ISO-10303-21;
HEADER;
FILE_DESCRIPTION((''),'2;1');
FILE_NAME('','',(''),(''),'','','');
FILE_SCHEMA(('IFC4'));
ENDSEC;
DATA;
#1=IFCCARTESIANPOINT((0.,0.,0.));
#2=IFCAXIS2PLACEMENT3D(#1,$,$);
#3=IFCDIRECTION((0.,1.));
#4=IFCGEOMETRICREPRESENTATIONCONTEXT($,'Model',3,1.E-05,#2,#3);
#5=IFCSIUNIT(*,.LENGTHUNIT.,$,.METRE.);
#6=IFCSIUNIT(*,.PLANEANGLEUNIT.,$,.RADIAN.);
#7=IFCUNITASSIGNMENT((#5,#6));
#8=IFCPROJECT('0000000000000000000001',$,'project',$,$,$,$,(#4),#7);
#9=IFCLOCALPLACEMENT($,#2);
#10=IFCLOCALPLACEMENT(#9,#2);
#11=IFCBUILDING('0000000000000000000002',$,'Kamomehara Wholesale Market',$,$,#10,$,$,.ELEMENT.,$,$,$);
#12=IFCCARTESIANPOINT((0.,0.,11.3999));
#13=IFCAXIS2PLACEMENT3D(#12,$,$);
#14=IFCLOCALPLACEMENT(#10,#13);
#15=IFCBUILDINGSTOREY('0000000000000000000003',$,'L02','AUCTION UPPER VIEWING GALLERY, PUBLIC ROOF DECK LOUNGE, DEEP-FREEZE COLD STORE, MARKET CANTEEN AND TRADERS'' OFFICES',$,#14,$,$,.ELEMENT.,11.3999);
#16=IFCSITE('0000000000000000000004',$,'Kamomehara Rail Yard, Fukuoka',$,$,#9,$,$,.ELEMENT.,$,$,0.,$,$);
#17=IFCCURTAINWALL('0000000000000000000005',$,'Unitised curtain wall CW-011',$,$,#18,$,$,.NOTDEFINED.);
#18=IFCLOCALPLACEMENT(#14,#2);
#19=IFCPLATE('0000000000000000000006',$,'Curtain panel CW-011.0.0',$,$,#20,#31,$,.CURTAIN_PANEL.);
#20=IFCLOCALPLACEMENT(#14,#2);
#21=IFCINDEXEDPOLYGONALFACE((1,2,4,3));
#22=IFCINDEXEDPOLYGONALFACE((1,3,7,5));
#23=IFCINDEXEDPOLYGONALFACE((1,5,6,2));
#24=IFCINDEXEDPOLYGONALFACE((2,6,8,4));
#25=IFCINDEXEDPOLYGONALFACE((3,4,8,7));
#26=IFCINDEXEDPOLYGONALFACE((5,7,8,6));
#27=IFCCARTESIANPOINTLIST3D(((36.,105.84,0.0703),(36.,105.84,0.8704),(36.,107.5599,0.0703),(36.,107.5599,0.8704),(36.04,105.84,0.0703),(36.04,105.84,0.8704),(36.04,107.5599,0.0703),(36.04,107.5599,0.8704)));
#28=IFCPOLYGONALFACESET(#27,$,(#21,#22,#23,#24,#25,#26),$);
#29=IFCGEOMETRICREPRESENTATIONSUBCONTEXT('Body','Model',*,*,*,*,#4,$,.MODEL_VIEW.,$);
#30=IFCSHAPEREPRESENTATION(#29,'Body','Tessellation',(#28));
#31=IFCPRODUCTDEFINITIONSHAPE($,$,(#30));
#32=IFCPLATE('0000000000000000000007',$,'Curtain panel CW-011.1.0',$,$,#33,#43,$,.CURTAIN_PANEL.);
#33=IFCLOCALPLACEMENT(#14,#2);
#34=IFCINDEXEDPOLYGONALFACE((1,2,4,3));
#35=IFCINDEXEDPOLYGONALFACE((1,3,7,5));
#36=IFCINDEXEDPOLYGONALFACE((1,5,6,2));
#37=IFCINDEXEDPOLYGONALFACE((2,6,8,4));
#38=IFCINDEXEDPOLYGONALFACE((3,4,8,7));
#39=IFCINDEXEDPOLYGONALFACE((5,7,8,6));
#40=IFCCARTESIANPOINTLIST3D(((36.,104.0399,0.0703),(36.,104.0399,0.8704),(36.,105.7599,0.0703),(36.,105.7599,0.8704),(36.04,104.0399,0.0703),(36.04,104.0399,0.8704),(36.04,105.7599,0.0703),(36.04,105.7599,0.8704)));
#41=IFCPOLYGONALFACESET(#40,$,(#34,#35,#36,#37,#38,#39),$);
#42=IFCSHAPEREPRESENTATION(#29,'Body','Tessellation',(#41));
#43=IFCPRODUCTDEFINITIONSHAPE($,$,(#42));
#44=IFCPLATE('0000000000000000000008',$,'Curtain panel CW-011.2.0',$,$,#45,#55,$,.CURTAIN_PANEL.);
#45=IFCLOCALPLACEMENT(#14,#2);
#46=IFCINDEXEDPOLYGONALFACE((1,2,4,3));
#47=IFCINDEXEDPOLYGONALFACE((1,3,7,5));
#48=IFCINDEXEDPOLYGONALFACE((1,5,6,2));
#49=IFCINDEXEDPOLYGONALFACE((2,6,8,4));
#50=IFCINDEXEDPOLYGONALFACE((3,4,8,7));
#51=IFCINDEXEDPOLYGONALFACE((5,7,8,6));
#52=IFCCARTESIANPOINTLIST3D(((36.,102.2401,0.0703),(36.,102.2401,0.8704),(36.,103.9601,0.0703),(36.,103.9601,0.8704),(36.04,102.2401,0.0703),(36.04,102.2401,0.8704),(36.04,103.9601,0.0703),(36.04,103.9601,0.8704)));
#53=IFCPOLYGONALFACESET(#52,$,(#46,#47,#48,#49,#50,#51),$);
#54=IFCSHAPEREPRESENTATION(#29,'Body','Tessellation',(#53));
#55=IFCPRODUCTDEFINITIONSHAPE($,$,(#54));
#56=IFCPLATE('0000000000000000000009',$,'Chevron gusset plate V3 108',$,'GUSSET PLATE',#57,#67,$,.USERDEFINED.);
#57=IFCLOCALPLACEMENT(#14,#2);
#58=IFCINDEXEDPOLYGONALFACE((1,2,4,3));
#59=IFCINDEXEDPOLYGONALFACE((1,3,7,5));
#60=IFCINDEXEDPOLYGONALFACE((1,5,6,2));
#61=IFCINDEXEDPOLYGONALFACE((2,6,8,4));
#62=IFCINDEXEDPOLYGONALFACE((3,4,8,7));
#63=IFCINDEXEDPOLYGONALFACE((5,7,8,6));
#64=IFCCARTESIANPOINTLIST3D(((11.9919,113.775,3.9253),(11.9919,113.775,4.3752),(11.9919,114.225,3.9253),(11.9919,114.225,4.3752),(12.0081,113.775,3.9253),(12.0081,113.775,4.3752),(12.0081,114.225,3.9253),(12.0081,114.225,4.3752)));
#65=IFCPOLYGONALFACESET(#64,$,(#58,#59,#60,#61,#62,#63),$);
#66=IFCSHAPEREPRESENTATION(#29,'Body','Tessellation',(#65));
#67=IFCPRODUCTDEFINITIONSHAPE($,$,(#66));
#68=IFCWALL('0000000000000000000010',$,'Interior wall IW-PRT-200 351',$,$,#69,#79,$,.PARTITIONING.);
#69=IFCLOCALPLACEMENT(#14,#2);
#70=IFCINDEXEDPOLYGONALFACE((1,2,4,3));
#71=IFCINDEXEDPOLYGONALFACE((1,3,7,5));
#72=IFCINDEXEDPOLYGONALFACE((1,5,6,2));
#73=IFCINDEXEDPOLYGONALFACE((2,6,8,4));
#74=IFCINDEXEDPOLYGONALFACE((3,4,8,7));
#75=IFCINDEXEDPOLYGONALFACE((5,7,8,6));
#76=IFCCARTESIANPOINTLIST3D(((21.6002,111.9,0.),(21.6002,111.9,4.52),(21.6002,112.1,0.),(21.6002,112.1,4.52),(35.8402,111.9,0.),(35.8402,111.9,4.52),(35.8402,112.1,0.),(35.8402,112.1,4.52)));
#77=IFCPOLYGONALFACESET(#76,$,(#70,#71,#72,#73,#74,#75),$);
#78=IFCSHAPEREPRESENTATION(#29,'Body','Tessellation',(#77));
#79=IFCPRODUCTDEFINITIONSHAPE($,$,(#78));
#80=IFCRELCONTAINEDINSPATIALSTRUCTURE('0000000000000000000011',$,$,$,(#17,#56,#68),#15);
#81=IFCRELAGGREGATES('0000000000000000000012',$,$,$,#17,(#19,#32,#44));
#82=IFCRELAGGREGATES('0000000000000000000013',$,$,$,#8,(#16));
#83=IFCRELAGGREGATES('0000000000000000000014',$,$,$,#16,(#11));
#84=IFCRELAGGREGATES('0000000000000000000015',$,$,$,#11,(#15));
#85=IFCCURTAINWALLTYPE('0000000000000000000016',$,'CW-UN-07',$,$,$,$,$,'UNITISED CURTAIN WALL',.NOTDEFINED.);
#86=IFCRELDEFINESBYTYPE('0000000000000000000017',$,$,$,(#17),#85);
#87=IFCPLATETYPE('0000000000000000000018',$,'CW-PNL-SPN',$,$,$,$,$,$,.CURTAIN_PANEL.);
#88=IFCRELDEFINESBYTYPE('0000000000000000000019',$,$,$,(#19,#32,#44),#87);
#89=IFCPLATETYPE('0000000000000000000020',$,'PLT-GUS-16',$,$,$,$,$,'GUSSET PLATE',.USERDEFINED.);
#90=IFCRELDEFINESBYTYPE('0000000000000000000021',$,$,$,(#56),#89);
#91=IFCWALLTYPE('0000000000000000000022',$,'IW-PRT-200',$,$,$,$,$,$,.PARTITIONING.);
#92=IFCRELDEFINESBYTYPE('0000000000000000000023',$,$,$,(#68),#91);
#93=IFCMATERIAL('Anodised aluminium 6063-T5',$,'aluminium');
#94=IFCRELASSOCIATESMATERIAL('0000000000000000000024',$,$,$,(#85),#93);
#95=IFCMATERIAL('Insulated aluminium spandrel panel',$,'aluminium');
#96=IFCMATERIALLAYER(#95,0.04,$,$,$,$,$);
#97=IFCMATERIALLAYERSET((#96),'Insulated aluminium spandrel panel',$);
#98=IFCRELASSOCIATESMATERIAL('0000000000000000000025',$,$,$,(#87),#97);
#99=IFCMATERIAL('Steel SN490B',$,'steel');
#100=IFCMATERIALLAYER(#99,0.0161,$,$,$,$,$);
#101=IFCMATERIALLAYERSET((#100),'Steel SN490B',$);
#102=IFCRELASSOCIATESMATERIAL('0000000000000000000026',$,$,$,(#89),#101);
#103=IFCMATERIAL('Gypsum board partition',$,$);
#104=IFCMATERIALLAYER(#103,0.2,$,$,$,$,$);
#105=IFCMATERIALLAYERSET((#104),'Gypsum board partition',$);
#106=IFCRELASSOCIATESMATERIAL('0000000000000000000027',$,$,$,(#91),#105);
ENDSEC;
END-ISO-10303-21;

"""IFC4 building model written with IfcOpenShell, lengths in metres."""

from ifc_helpers import new_model, si_unit, direction, frame, frame_2d, origin, origin_2d, place, context, subcontext, project, spatial, rectangle, extrude, material, layer, layer_set, type_object, element, aggregate, save


model = new_model("IFC4")

# Units and contexts
model_context = context("Model", 3, precision=1e-05, world=origin(), true_north=direction((0.0, 1.0)))
body_context = subcontext(model_context, "Body", "Model", "MODEL_VIEW")
ifc_project = project(units=[si_unit("LENGTHUNIT", "METRE"), si_unit("PLANEANGLEUNIT", "RADIAN")], contexts=[model_context])

# Site, building, storey
site_placement = place(None, origin())
site = spatial("IfcSite", under=ifc_project, at=site_placement, Name="Kamomehara Rail Yard, Fukuoka", CompositionType="ELEMENT", RefElevation=0.0)
building_placement = place(site_placement, origin())
building = spatial("IfcBuilding", under=site, at=building_placement, Name="Kamomehara Wholesale Market", CompositionType="ELEMENT")
storey_placement = place(building_placement, frame((0.0, 0.0, 11.3999)))
storey = spatial("IfcBuildingStorey", under=building, at=storey_placement, Name="L02", Description="AUCTION UPPER VIEWING GALLERY, PUBLIC ROOF DECK LOUNGE, DEEP-FREEZE COLD STORE, MARKET CANTEEN AND TRADERS' OFFICES", CompositionType="ELEMENT", Elevation=11.3999)

# Curtain wall
ifc_material_1 = material(Name="Anodised aluminium 6063-T5", Category="aluminium")
curtain_wall_type = type_object("IfcCurtainWallType", Name="CW-UN-07", ElementType="UNITISED CURTAIN WALL", PredefinedType="NOTDEFINED", material=ifc_material_1)
curtain_wall_1_placement = place(storey_placement, origin())
curtain_wall_1 = element("IfcCurtainWall", 1, at=curtain_wall_1_placement, inside=storey, type_object=curtain_wall_type, Name="Unitised curtain wall CW-011", PredefinedType="NOTDEFINED")

# Plates
ifc_material_2 = material(Name="Insulated aluminium spandrel panel", Category="aluminium")
ifc_layer_1 = layer(ifc_material_2, 0.04)
ifc_layer_set_1 = layer_set([ifc_layer_1], Name="Insulated aluminium spandrel panel")
plate_type_1 = type_object("IfcPlateType", Name="CW-PNL-SPN", PredefinedType="CURTAIN_PANEL", material=ifc_layer_set_1)
plate_1_placement = place(storey_placement, frame((36.02, 106.7, 0.0703), z_axis=(0.0, 0.0, 1.0), x_axis=(0.0, -1.0, 0.0)))
plate_1 = element("IfcPlate", 2, at=plate_1_placement, type_object=plate_type_1, Name="Curtain panel CW-011.0.0", PredefinedType="CURTAIN_PANEL", context=body_context, shape_type="SweptSolid", body=[
    extrude(rectangle(XDim=1.72, YDim=0.04, at=origin_2d()), origin(), (0.0, 0.0, 1.0), 0.8),
])
plate_2_placement = place(storey_placement, frame((36.02, 104.8999, 0.0703), z_axis=(0.0, 0.0, 1.0), x_axis=(0.0, -1.0, 0.0)))
plate_2 = element("IfcPlate", 3, at=plate_2_placement, type_object=plate_type_1, Name="Curtain panel CW-011.1.0", PredefinedType="CURTAIN_PANEL", context=body_context, shape_type="SweptSolid", body=[
    extrude(rectangle(XDim=1.72, YDim=0.04, at=origin_2d()), origin(), (0.0, 0.0, 1.0), 0.8),
])
plate_3_placement = place(storey_placement, frame((36.02, 103.1001, 0.0703), z_axis=(0.0, 0.0, 1.0), x_axis=(0.0, -1.0, 0.0)))
plate_3 = element("IfcPlate", 4, at=plate_3_placement, type_object=plate_type_1, Name="Curtain panel CW-011.2.0", PredefinedType="CURTAIN_PANEL", context=body_context, shape_type="SweptSolid", body=[
    extrude(rectangle(XDim=1.72, YDim=0.04, at=origin_2d()), origin(), (0.0, 0.0, 1.0), 0.8),
])
aggregate(curtain_wall_1, [plate_1, plate_2, plate_3])
ifc_material_3 = material(Name="Steel SN490B", Category="steel")
ifc_layer_2 = layer(ifc_material_3, 0.0161)
ifc_layer_set_2 = layer_set([ifc_layer_2], Name="Steel SN490B")
plate_type_2 = type_object("IfcPlateType", Name="PLT-GUS-16", ElementType="GUSSET PLATE", PredefinedType="USERDEFINED", material=ifc_layer_set_2)
plate_4_placement = place(storey_placement, frame((12.0, 114.0, 3.9253), z_axis=(0.0, 0.0, 1.0), x_axis=(1.0, 0.0, 0.0)))
element("IfcPlate", 5, at=plate_4_placement, inside=storey, type_object=plate_type_2, Name="Chevron gusset plate V3 108", ObjectType="GUSSET PLATE", PredefinedType="USERDEFINED", context=body_context, shape_type="SweptSolid", body=[
    extrude(rectangle(XDim=0.0161, YDim=0.45, at=origin_2d()), origin(), (0.0, 0.0, 1.0), 0.45),
])

# Wall
ifc_material_4 = material(Name="Gypsum board partition")
ifc_layer_3 = layer(ifc_material_4, 0.2)
ifc_layer_set_3 = layer_set([ifc_layer_3], Name="Gypsum board partition")
wall_type = type_object("IfcWallType", Name="IW-PRT-200", PredefinedType="PARTITIONING", material=ifc_layer_set_3)
wall_placement = place(storey_placement, frame((21.6001, 112.0, 0.0), z_axis=(0.0, 0.0, 1.0), x_axis=(1.0, 0.0, 0.0)))
element("IfcWall", 6, at=wall_placement, inside=storey, type_object=wall_type, Name="Interior wall IW-PRT-200 351", PredefinedType="PARTITIONING", context=body_context, shape_type="SweptSolid", body=[
    extrude(rectangle(XDim=14.24, YDim=0.2, at=frame_2d((7.1201, 0.0))), origin(), (0.0, 0.0, 1.0), 4.52),
])

save(model, "model.ifc")
